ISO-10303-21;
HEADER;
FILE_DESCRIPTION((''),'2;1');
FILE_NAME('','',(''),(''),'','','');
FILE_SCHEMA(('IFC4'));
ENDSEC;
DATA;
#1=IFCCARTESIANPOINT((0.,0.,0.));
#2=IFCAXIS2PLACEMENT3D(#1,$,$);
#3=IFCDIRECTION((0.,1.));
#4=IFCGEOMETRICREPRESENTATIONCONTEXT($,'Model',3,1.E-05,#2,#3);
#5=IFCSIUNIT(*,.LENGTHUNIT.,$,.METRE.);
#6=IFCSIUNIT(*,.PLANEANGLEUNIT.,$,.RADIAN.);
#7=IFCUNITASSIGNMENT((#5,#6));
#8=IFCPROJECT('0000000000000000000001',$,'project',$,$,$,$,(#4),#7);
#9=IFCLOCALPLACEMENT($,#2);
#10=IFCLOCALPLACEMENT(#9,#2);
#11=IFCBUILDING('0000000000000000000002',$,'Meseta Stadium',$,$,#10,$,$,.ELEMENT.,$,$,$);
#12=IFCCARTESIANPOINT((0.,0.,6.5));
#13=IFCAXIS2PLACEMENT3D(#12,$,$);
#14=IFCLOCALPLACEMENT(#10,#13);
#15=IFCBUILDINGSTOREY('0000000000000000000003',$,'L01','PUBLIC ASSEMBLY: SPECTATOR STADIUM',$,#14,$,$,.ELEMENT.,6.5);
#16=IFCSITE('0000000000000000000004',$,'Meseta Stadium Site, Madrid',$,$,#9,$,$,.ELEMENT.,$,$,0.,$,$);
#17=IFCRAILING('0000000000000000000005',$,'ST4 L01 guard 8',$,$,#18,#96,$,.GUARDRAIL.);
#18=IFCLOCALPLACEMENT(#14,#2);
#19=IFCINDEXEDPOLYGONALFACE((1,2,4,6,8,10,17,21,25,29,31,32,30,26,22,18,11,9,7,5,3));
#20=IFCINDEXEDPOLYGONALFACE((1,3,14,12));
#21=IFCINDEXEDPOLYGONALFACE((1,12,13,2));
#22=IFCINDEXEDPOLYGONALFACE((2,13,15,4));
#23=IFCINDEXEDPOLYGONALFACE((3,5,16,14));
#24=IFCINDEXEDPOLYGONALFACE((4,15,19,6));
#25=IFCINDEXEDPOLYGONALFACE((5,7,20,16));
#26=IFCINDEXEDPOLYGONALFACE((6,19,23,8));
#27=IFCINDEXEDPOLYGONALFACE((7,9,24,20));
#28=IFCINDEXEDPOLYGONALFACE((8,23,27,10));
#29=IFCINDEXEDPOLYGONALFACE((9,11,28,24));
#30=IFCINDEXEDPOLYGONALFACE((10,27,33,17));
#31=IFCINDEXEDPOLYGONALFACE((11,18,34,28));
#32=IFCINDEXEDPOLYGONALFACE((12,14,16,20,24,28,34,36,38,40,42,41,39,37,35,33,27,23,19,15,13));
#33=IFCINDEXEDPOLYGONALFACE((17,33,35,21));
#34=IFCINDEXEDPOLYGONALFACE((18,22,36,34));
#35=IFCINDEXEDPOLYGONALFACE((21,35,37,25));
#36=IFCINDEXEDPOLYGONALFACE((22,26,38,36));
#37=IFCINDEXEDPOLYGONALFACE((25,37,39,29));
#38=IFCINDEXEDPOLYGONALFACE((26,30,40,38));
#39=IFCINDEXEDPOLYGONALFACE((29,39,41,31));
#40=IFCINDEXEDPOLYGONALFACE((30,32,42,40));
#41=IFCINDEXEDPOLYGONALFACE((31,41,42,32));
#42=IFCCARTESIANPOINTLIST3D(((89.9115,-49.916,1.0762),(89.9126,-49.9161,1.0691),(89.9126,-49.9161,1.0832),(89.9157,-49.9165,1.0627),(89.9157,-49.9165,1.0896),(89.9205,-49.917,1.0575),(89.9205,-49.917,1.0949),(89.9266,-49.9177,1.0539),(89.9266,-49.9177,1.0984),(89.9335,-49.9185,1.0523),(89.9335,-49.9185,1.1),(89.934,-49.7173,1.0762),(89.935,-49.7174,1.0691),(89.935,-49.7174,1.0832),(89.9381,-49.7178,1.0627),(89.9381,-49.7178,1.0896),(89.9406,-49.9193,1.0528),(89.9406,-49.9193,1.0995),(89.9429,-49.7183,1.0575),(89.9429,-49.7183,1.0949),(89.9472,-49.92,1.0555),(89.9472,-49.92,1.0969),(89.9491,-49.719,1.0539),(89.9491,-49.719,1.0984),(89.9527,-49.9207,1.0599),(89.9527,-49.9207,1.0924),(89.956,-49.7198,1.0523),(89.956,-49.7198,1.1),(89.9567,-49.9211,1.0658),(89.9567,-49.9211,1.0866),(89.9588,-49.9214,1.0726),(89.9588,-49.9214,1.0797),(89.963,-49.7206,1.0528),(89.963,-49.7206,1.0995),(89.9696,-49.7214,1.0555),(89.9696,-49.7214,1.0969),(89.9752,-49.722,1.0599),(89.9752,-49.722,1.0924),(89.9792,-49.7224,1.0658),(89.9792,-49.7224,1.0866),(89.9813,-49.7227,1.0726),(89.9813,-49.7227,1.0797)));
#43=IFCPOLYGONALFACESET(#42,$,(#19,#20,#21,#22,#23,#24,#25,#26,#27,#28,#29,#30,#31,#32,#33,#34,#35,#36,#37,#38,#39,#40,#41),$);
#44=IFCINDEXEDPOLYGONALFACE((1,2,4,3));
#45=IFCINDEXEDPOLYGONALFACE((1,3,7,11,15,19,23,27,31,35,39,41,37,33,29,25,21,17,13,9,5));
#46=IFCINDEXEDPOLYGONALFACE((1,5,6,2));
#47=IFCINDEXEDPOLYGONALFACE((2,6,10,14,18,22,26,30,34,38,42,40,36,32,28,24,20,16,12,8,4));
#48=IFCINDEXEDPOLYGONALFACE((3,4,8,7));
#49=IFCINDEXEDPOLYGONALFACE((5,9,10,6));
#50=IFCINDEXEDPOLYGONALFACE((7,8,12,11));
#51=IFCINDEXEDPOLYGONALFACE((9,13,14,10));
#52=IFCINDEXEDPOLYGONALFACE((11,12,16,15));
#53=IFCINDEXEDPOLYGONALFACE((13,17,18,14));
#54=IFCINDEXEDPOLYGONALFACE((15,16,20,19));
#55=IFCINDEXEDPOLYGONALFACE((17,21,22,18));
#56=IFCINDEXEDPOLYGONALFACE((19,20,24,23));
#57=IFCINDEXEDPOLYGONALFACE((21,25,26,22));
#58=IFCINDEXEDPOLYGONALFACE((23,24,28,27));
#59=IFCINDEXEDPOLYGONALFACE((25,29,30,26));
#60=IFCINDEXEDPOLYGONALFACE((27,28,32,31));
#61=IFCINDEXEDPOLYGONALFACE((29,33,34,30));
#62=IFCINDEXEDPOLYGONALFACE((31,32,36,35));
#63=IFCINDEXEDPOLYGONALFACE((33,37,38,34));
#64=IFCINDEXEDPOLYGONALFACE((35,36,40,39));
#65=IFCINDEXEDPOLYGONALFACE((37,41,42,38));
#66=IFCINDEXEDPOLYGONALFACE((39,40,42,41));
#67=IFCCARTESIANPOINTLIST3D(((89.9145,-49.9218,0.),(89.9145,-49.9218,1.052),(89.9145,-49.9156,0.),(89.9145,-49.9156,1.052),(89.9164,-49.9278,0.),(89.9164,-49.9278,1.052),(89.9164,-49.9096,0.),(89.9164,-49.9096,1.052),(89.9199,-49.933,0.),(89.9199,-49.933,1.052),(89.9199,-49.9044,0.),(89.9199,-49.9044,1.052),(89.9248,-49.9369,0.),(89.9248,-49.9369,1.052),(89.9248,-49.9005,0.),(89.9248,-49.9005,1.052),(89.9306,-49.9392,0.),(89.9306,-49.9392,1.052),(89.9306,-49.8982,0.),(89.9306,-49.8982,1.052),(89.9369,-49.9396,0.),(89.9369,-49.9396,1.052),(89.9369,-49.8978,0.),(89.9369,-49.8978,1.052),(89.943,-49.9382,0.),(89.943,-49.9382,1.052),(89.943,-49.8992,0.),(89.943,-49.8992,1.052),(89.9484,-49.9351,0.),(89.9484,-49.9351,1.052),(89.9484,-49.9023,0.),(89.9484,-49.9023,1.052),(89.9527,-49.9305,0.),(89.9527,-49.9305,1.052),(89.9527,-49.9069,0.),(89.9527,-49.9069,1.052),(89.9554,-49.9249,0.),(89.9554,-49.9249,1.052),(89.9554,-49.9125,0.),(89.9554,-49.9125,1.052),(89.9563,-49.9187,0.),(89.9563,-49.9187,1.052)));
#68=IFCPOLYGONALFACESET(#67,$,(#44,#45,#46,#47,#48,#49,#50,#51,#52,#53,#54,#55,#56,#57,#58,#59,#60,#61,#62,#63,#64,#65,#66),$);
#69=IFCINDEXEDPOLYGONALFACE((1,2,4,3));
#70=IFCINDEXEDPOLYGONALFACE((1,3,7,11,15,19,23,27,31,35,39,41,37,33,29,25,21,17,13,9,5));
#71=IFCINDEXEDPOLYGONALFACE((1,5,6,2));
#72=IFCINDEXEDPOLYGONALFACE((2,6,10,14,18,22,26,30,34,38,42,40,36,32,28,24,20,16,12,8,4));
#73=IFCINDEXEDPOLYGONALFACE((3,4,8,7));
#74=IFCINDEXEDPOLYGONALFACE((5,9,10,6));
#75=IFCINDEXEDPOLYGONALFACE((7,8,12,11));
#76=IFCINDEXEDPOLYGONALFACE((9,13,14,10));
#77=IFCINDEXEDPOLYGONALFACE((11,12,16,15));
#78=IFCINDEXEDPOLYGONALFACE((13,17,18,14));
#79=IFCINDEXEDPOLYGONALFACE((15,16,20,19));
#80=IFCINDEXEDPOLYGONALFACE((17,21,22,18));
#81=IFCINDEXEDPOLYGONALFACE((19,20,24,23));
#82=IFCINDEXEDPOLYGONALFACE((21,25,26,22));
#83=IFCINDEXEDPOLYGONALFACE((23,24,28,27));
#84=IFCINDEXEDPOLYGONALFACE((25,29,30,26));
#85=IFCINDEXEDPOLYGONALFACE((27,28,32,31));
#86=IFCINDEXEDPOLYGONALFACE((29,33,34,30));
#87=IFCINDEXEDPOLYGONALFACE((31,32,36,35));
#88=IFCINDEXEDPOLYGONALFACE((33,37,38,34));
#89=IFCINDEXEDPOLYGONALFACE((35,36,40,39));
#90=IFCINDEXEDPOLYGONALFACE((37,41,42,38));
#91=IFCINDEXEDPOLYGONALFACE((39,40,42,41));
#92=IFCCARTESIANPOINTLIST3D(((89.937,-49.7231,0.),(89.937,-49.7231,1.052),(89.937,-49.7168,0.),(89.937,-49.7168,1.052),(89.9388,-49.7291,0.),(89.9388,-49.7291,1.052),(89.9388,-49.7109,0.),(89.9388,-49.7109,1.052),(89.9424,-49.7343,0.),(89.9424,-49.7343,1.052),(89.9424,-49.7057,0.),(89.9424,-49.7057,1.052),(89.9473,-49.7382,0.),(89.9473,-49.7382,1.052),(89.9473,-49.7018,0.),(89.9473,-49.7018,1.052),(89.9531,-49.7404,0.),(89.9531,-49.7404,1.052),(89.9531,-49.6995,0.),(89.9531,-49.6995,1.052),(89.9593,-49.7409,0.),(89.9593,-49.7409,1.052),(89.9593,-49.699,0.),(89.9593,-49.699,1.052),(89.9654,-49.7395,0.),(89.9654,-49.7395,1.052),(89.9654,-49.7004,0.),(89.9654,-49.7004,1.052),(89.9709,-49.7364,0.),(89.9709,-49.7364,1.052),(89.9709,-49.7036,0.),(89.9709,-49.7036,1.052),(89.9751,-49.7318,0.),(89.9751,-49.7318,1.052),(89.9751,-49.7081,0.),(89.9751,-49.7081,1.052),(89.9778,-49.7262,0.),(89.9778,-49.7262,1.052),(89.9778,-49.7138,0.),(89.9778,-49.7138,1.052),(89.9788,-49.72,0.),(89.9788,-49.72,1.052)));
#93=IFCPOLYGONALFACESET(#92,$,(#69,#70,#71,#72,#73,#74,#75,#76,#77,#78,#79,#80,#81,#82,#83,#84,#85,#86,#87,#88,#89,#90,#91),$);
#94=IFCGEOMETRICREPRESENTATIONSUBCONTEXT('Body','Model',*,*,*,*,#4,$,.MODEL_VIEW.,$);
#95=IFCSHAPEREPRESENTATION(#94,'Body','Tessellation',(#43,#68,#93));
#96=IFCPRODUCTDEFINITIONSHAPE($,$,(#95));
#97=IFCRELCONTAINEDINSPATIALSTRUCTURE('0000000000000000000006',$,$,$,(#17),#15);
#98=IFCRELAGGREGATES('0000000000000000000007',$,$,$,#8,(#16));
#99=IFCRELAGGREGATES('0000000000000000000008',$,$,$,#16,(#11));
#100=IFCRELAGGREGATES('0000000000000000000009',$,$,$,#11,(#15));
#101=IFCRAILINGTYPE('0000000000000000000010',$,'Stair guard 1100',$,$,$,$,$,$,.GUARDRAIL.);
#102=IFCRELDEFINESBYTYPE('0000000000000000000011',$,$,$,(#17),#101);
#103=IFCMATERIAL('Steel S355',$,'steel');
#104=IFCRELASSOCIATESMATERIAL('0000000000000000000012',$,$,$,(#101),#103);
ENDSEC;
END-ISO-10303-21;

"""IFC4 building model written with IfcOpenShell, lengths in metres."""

from ifc_helpers import new_model, si_unit, direction, frame, origin, origin_2d, place, context, subcontext, project, spatial, circle, extrude, material, type_object, element, save


model = new_model("IFC4")

# Units and contexts
model_context = context("Model", 3, precision=1e-05, world=origin(), true_north=direction((0.0, 1.0)))
body_context = subcontext(model_context, "Body", "Model", "MODEL_VIEW")
ifc_project = project(units=[si_unit("LENGTHUNIT", "METRE"), si_unit("PLANEANGLEUNIT", "RADIAN")], contexts=[model_context])

# Site, building, storey
site_placement = place(None, origin())
site = spatial("IfcSite", under=ifc_project, at=site_placement, Name="Meseta Stadium Site, Madrid", CompositionType="ELEMENT", RefElevation=0.0)
building_placement = place(site_placement, origin())
building = spatial("IfcBuilding", under=site, at=building_placement, Name="Meseta Stadium", CompositionType="ELEMENT")
storey_placement = place(building_placement, frame((0.0, 0.0, 6.5)))
storey = spatial("IfcBuildingStorey", under=building, at=storey_placement, Name="L01", Description="PUBLIC ASSEMBLY: SPECTATOR STADIUM", CompositionType="ELEMENT", Elevation=6.5)

# Railing
ifc_material_1 = material(Name="Steel S355", Category="steel")
railing_type_1 = type_object("IfcRailingType", Name="Stair guard 1100", PredefinedType="GUARDRAIL", material=ifc_material_1)
for number, where, name in (
    (1, (89.9353, -49.9187, 0.0), "ST4 L01 guard 8"),
):
    element("IfcRailing", number, at=place(storey_placement, frame(where)), inside=storey, type_object=railing_type_1, Name=name, PredefinedType="GUARDRAIL", context=body_context, shape_type="SweptSolid", body=[
        extrude(circle(Radius=0.0239, at=origin_2d()), frame((0.0, 0.0, 1.0762), z_axis=(0.112307, 0.993674, 0.0), x_axis=(-0.993674, 0.112307, 0.0)), (0.0, 0.0, 1.0), 0.2),
        extrude(circle(Radius=0.021, at=origin_2d()), origin(), (0.0, 0.0, 1.0), 1.052),
        extrude(circle(Radius=0.021, at=origin_2d()), frame((0.0225, 0.1987, 0.0)), (0.0, 0.0, 1.0), 1.052),
    ])

save(model, "model.ifc")
